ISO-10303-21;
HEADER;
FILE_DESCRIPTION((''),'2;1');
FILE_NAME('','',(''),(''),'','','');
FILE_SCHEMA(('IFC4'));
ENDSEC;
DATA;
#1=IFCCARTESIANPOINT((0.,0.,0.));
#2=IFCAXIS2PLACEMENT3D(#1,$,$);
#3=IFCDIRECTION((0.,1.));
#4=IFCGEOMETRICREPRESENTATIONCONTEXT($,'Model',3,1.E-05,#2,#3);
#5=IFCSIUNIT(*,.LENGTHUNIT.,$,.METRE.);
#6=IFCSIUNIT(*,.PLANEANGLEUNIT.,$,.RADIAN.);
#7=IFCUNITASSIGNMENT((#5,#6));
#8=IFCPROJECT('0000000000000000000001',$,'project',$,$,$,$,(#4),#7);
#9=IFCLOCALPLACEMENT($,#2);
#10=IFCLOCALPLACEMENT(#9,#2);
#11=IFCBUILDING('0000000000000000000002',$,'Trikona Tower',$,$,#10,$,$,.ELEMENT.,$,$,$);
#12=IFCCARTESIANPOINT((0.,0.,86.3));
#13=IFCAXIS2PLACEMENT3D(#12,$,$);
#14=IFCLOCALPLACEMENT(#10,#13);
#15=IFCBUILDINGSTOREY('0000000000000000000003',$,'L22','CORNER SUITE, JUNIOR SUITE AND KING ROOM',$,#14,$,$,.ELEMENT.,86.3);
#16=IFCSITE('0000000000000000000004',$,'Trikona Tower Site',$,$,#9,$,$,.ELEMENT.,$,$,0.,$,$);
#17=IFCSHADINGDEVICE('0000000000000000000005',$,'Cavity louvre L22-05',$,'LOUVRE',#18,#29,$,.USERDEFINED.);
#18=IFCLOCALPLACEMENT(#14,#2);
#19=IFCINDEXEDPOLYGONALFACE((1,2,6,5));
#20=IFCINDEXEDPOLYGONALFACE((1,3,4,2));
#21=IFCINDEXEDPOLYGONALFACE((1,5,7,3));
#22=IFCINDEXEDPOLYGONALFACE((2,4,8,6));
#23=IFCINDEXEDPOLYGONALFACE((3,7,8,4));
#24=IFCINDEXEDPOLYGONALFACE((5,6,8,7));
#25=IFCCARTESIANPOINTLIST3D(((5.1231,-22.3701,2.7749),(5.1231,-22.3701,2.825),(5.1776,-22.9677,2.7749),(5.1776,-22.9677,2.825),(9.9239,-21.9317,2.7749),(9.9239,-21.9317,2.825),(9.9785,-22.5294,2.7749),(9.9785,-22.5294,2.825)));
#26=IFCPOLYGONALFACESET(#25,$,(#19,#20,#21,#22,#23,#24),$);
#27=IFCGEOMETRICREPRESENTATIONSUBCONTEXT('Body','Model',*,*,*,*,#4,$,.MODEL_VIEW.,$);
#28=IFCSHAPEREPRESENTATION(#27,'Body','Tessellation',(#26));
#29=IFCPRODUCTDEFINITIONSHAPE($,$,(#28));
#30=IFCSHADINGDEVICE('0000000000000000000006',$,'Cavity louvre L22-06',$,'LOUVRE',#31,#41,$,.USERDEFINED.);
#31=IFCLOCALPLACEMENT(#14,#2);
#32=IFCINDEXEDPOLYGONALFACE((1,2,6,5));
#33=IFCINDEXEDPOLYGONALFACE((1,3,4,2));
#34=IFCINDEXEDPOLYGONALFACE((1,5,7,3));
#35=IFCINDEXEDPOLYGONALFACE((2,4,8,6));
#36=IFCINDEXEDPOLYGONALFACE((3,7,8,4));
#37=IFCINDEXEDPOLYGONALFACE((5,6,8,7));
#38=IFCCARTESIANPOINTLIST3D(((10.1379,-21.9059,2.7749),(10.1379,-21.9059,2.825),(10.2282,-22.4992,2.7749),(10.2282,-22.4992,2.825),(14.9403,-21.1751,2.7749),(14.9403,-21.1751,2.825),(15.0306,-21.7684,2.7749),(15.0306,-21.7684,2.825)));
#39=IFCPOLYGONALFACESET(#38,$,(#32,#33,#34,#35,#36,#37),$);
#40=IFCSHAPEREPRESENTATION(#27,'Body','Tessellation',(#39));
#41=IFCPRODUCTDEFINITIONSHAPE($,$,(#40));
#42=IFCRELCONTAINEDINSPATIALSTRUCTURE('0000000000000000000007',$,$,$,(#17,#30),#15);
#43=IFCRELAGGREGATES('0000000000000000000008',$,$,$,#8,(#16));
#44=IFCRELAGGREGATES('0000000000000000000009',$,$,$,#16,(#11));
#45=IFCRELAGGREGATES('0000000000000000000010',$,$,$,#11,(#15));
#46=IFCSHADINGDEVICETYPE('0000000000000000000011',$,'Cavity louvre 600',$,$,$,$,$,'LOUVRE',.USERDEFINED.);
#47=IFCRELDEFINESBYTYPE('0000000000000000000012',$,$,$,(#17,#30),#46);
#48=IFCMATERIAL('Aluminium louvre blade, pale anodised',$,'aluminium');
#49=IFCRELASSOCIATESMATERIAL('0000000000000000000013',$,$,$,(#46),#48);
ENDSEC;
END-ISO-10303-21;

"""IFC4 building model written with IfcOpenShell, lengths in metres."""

from ifc_helpers import new_model, si_unit, direction, frame, origin, origin_2d, place, context, subcontext, project, spatial, rectangle, extrude, material, type_object, element, save


model = new_model("IFC4")

# Units and contexts
model_context = context("Model", 3, precision=1e-05, world=origin(), true_north=direction((0.0, 1.0)))
body_context = subcontext(model_context, "Body", "Model", "MODEL_VIEW")
ifc_project = project(units=[si_unit("LENGTHUNIT", "METRE"), si_unit("PLANEANGLEUNIT", "RADIAN")], contexts=[model_context])

# Site, building, storey
site_placement = place(None, origin())
site = spatial("IfcSite", under=ifc_project, at=site_placement, Name="Trikona Tower Site", CompositionType="ELEMENT", RefElevation=0.0)
building_placement = place(site_placement, origin())
building = spatial("IfcBuilding", under=site, at=building_placement, Name="Trikona Tower", CompositionType="ELEMENT")
storey_placement = place(building_placement, frame((0.0, 0.0, 86.3)))
storey = spatial("IfcBuildingStorey", under=building, at=storey_placement, Name="L22", Description="CORNER SUITE, JUNIOR SUITE AND KING ROOM", CompositionType="ELEMENT", Elevation=86.3)

# Shading devices
ifc_material_1 = material(Name="Aluminium louvre blade, pale anodised", Category="aluminium")
shading_device_type = type_object("IfcShadingDeviceType", Name="Cavity louvre 600", ElementType="LOUVRE", PredefinedType="USERDEFINED", material=ifc_material_1)
shading_device_1_placement = place(storey_placement, frame((7.5508, -22.4497, 2.7749), z_axis=(0.0, 0.0, 1.0), x_axis=(0.995858, 0.090921, 0.0)))
element("IfcShadingDevice", 1, at=shading_device_1_placement, inside=storey, type_object=shading_device_type, Name="Cavity louvre L22-05", ObjectType="LOUVRE", PredefinedType="USERDEFINED", context=body_context, shape_type="SweptSolid", body=[
    extrude(rectangle(XDim=4.8208, YDim=0.6001, at=origin_2d()), origin(), (0.0, 0.0, 1.0), 0.05),
])
shading_device_2_placement = place(storey_placement, frame((12.5842, -21.8372, 2.7749), z_axis=(0.0, 0.0, 1.0), x_axis=(0.988618, 0.150448, 0.0)))
element("IfcShadingDevice", 2, at=shading_device_2_placement, inside=storey, type_object=shading_device_type, Name="Cavity louvre L22-06", ObjectType="LOUVRE", PredefinedType="USERDEFINED", context=body_context, shape_type="SweptSolid", body=[
    extrude(rectangle(XDim=4.8577, YDim=0.6001, at=origin_2d()), origin(), (0.0, 0.0, 1.0), 0.05),
])

save(model, "model.ifc")
